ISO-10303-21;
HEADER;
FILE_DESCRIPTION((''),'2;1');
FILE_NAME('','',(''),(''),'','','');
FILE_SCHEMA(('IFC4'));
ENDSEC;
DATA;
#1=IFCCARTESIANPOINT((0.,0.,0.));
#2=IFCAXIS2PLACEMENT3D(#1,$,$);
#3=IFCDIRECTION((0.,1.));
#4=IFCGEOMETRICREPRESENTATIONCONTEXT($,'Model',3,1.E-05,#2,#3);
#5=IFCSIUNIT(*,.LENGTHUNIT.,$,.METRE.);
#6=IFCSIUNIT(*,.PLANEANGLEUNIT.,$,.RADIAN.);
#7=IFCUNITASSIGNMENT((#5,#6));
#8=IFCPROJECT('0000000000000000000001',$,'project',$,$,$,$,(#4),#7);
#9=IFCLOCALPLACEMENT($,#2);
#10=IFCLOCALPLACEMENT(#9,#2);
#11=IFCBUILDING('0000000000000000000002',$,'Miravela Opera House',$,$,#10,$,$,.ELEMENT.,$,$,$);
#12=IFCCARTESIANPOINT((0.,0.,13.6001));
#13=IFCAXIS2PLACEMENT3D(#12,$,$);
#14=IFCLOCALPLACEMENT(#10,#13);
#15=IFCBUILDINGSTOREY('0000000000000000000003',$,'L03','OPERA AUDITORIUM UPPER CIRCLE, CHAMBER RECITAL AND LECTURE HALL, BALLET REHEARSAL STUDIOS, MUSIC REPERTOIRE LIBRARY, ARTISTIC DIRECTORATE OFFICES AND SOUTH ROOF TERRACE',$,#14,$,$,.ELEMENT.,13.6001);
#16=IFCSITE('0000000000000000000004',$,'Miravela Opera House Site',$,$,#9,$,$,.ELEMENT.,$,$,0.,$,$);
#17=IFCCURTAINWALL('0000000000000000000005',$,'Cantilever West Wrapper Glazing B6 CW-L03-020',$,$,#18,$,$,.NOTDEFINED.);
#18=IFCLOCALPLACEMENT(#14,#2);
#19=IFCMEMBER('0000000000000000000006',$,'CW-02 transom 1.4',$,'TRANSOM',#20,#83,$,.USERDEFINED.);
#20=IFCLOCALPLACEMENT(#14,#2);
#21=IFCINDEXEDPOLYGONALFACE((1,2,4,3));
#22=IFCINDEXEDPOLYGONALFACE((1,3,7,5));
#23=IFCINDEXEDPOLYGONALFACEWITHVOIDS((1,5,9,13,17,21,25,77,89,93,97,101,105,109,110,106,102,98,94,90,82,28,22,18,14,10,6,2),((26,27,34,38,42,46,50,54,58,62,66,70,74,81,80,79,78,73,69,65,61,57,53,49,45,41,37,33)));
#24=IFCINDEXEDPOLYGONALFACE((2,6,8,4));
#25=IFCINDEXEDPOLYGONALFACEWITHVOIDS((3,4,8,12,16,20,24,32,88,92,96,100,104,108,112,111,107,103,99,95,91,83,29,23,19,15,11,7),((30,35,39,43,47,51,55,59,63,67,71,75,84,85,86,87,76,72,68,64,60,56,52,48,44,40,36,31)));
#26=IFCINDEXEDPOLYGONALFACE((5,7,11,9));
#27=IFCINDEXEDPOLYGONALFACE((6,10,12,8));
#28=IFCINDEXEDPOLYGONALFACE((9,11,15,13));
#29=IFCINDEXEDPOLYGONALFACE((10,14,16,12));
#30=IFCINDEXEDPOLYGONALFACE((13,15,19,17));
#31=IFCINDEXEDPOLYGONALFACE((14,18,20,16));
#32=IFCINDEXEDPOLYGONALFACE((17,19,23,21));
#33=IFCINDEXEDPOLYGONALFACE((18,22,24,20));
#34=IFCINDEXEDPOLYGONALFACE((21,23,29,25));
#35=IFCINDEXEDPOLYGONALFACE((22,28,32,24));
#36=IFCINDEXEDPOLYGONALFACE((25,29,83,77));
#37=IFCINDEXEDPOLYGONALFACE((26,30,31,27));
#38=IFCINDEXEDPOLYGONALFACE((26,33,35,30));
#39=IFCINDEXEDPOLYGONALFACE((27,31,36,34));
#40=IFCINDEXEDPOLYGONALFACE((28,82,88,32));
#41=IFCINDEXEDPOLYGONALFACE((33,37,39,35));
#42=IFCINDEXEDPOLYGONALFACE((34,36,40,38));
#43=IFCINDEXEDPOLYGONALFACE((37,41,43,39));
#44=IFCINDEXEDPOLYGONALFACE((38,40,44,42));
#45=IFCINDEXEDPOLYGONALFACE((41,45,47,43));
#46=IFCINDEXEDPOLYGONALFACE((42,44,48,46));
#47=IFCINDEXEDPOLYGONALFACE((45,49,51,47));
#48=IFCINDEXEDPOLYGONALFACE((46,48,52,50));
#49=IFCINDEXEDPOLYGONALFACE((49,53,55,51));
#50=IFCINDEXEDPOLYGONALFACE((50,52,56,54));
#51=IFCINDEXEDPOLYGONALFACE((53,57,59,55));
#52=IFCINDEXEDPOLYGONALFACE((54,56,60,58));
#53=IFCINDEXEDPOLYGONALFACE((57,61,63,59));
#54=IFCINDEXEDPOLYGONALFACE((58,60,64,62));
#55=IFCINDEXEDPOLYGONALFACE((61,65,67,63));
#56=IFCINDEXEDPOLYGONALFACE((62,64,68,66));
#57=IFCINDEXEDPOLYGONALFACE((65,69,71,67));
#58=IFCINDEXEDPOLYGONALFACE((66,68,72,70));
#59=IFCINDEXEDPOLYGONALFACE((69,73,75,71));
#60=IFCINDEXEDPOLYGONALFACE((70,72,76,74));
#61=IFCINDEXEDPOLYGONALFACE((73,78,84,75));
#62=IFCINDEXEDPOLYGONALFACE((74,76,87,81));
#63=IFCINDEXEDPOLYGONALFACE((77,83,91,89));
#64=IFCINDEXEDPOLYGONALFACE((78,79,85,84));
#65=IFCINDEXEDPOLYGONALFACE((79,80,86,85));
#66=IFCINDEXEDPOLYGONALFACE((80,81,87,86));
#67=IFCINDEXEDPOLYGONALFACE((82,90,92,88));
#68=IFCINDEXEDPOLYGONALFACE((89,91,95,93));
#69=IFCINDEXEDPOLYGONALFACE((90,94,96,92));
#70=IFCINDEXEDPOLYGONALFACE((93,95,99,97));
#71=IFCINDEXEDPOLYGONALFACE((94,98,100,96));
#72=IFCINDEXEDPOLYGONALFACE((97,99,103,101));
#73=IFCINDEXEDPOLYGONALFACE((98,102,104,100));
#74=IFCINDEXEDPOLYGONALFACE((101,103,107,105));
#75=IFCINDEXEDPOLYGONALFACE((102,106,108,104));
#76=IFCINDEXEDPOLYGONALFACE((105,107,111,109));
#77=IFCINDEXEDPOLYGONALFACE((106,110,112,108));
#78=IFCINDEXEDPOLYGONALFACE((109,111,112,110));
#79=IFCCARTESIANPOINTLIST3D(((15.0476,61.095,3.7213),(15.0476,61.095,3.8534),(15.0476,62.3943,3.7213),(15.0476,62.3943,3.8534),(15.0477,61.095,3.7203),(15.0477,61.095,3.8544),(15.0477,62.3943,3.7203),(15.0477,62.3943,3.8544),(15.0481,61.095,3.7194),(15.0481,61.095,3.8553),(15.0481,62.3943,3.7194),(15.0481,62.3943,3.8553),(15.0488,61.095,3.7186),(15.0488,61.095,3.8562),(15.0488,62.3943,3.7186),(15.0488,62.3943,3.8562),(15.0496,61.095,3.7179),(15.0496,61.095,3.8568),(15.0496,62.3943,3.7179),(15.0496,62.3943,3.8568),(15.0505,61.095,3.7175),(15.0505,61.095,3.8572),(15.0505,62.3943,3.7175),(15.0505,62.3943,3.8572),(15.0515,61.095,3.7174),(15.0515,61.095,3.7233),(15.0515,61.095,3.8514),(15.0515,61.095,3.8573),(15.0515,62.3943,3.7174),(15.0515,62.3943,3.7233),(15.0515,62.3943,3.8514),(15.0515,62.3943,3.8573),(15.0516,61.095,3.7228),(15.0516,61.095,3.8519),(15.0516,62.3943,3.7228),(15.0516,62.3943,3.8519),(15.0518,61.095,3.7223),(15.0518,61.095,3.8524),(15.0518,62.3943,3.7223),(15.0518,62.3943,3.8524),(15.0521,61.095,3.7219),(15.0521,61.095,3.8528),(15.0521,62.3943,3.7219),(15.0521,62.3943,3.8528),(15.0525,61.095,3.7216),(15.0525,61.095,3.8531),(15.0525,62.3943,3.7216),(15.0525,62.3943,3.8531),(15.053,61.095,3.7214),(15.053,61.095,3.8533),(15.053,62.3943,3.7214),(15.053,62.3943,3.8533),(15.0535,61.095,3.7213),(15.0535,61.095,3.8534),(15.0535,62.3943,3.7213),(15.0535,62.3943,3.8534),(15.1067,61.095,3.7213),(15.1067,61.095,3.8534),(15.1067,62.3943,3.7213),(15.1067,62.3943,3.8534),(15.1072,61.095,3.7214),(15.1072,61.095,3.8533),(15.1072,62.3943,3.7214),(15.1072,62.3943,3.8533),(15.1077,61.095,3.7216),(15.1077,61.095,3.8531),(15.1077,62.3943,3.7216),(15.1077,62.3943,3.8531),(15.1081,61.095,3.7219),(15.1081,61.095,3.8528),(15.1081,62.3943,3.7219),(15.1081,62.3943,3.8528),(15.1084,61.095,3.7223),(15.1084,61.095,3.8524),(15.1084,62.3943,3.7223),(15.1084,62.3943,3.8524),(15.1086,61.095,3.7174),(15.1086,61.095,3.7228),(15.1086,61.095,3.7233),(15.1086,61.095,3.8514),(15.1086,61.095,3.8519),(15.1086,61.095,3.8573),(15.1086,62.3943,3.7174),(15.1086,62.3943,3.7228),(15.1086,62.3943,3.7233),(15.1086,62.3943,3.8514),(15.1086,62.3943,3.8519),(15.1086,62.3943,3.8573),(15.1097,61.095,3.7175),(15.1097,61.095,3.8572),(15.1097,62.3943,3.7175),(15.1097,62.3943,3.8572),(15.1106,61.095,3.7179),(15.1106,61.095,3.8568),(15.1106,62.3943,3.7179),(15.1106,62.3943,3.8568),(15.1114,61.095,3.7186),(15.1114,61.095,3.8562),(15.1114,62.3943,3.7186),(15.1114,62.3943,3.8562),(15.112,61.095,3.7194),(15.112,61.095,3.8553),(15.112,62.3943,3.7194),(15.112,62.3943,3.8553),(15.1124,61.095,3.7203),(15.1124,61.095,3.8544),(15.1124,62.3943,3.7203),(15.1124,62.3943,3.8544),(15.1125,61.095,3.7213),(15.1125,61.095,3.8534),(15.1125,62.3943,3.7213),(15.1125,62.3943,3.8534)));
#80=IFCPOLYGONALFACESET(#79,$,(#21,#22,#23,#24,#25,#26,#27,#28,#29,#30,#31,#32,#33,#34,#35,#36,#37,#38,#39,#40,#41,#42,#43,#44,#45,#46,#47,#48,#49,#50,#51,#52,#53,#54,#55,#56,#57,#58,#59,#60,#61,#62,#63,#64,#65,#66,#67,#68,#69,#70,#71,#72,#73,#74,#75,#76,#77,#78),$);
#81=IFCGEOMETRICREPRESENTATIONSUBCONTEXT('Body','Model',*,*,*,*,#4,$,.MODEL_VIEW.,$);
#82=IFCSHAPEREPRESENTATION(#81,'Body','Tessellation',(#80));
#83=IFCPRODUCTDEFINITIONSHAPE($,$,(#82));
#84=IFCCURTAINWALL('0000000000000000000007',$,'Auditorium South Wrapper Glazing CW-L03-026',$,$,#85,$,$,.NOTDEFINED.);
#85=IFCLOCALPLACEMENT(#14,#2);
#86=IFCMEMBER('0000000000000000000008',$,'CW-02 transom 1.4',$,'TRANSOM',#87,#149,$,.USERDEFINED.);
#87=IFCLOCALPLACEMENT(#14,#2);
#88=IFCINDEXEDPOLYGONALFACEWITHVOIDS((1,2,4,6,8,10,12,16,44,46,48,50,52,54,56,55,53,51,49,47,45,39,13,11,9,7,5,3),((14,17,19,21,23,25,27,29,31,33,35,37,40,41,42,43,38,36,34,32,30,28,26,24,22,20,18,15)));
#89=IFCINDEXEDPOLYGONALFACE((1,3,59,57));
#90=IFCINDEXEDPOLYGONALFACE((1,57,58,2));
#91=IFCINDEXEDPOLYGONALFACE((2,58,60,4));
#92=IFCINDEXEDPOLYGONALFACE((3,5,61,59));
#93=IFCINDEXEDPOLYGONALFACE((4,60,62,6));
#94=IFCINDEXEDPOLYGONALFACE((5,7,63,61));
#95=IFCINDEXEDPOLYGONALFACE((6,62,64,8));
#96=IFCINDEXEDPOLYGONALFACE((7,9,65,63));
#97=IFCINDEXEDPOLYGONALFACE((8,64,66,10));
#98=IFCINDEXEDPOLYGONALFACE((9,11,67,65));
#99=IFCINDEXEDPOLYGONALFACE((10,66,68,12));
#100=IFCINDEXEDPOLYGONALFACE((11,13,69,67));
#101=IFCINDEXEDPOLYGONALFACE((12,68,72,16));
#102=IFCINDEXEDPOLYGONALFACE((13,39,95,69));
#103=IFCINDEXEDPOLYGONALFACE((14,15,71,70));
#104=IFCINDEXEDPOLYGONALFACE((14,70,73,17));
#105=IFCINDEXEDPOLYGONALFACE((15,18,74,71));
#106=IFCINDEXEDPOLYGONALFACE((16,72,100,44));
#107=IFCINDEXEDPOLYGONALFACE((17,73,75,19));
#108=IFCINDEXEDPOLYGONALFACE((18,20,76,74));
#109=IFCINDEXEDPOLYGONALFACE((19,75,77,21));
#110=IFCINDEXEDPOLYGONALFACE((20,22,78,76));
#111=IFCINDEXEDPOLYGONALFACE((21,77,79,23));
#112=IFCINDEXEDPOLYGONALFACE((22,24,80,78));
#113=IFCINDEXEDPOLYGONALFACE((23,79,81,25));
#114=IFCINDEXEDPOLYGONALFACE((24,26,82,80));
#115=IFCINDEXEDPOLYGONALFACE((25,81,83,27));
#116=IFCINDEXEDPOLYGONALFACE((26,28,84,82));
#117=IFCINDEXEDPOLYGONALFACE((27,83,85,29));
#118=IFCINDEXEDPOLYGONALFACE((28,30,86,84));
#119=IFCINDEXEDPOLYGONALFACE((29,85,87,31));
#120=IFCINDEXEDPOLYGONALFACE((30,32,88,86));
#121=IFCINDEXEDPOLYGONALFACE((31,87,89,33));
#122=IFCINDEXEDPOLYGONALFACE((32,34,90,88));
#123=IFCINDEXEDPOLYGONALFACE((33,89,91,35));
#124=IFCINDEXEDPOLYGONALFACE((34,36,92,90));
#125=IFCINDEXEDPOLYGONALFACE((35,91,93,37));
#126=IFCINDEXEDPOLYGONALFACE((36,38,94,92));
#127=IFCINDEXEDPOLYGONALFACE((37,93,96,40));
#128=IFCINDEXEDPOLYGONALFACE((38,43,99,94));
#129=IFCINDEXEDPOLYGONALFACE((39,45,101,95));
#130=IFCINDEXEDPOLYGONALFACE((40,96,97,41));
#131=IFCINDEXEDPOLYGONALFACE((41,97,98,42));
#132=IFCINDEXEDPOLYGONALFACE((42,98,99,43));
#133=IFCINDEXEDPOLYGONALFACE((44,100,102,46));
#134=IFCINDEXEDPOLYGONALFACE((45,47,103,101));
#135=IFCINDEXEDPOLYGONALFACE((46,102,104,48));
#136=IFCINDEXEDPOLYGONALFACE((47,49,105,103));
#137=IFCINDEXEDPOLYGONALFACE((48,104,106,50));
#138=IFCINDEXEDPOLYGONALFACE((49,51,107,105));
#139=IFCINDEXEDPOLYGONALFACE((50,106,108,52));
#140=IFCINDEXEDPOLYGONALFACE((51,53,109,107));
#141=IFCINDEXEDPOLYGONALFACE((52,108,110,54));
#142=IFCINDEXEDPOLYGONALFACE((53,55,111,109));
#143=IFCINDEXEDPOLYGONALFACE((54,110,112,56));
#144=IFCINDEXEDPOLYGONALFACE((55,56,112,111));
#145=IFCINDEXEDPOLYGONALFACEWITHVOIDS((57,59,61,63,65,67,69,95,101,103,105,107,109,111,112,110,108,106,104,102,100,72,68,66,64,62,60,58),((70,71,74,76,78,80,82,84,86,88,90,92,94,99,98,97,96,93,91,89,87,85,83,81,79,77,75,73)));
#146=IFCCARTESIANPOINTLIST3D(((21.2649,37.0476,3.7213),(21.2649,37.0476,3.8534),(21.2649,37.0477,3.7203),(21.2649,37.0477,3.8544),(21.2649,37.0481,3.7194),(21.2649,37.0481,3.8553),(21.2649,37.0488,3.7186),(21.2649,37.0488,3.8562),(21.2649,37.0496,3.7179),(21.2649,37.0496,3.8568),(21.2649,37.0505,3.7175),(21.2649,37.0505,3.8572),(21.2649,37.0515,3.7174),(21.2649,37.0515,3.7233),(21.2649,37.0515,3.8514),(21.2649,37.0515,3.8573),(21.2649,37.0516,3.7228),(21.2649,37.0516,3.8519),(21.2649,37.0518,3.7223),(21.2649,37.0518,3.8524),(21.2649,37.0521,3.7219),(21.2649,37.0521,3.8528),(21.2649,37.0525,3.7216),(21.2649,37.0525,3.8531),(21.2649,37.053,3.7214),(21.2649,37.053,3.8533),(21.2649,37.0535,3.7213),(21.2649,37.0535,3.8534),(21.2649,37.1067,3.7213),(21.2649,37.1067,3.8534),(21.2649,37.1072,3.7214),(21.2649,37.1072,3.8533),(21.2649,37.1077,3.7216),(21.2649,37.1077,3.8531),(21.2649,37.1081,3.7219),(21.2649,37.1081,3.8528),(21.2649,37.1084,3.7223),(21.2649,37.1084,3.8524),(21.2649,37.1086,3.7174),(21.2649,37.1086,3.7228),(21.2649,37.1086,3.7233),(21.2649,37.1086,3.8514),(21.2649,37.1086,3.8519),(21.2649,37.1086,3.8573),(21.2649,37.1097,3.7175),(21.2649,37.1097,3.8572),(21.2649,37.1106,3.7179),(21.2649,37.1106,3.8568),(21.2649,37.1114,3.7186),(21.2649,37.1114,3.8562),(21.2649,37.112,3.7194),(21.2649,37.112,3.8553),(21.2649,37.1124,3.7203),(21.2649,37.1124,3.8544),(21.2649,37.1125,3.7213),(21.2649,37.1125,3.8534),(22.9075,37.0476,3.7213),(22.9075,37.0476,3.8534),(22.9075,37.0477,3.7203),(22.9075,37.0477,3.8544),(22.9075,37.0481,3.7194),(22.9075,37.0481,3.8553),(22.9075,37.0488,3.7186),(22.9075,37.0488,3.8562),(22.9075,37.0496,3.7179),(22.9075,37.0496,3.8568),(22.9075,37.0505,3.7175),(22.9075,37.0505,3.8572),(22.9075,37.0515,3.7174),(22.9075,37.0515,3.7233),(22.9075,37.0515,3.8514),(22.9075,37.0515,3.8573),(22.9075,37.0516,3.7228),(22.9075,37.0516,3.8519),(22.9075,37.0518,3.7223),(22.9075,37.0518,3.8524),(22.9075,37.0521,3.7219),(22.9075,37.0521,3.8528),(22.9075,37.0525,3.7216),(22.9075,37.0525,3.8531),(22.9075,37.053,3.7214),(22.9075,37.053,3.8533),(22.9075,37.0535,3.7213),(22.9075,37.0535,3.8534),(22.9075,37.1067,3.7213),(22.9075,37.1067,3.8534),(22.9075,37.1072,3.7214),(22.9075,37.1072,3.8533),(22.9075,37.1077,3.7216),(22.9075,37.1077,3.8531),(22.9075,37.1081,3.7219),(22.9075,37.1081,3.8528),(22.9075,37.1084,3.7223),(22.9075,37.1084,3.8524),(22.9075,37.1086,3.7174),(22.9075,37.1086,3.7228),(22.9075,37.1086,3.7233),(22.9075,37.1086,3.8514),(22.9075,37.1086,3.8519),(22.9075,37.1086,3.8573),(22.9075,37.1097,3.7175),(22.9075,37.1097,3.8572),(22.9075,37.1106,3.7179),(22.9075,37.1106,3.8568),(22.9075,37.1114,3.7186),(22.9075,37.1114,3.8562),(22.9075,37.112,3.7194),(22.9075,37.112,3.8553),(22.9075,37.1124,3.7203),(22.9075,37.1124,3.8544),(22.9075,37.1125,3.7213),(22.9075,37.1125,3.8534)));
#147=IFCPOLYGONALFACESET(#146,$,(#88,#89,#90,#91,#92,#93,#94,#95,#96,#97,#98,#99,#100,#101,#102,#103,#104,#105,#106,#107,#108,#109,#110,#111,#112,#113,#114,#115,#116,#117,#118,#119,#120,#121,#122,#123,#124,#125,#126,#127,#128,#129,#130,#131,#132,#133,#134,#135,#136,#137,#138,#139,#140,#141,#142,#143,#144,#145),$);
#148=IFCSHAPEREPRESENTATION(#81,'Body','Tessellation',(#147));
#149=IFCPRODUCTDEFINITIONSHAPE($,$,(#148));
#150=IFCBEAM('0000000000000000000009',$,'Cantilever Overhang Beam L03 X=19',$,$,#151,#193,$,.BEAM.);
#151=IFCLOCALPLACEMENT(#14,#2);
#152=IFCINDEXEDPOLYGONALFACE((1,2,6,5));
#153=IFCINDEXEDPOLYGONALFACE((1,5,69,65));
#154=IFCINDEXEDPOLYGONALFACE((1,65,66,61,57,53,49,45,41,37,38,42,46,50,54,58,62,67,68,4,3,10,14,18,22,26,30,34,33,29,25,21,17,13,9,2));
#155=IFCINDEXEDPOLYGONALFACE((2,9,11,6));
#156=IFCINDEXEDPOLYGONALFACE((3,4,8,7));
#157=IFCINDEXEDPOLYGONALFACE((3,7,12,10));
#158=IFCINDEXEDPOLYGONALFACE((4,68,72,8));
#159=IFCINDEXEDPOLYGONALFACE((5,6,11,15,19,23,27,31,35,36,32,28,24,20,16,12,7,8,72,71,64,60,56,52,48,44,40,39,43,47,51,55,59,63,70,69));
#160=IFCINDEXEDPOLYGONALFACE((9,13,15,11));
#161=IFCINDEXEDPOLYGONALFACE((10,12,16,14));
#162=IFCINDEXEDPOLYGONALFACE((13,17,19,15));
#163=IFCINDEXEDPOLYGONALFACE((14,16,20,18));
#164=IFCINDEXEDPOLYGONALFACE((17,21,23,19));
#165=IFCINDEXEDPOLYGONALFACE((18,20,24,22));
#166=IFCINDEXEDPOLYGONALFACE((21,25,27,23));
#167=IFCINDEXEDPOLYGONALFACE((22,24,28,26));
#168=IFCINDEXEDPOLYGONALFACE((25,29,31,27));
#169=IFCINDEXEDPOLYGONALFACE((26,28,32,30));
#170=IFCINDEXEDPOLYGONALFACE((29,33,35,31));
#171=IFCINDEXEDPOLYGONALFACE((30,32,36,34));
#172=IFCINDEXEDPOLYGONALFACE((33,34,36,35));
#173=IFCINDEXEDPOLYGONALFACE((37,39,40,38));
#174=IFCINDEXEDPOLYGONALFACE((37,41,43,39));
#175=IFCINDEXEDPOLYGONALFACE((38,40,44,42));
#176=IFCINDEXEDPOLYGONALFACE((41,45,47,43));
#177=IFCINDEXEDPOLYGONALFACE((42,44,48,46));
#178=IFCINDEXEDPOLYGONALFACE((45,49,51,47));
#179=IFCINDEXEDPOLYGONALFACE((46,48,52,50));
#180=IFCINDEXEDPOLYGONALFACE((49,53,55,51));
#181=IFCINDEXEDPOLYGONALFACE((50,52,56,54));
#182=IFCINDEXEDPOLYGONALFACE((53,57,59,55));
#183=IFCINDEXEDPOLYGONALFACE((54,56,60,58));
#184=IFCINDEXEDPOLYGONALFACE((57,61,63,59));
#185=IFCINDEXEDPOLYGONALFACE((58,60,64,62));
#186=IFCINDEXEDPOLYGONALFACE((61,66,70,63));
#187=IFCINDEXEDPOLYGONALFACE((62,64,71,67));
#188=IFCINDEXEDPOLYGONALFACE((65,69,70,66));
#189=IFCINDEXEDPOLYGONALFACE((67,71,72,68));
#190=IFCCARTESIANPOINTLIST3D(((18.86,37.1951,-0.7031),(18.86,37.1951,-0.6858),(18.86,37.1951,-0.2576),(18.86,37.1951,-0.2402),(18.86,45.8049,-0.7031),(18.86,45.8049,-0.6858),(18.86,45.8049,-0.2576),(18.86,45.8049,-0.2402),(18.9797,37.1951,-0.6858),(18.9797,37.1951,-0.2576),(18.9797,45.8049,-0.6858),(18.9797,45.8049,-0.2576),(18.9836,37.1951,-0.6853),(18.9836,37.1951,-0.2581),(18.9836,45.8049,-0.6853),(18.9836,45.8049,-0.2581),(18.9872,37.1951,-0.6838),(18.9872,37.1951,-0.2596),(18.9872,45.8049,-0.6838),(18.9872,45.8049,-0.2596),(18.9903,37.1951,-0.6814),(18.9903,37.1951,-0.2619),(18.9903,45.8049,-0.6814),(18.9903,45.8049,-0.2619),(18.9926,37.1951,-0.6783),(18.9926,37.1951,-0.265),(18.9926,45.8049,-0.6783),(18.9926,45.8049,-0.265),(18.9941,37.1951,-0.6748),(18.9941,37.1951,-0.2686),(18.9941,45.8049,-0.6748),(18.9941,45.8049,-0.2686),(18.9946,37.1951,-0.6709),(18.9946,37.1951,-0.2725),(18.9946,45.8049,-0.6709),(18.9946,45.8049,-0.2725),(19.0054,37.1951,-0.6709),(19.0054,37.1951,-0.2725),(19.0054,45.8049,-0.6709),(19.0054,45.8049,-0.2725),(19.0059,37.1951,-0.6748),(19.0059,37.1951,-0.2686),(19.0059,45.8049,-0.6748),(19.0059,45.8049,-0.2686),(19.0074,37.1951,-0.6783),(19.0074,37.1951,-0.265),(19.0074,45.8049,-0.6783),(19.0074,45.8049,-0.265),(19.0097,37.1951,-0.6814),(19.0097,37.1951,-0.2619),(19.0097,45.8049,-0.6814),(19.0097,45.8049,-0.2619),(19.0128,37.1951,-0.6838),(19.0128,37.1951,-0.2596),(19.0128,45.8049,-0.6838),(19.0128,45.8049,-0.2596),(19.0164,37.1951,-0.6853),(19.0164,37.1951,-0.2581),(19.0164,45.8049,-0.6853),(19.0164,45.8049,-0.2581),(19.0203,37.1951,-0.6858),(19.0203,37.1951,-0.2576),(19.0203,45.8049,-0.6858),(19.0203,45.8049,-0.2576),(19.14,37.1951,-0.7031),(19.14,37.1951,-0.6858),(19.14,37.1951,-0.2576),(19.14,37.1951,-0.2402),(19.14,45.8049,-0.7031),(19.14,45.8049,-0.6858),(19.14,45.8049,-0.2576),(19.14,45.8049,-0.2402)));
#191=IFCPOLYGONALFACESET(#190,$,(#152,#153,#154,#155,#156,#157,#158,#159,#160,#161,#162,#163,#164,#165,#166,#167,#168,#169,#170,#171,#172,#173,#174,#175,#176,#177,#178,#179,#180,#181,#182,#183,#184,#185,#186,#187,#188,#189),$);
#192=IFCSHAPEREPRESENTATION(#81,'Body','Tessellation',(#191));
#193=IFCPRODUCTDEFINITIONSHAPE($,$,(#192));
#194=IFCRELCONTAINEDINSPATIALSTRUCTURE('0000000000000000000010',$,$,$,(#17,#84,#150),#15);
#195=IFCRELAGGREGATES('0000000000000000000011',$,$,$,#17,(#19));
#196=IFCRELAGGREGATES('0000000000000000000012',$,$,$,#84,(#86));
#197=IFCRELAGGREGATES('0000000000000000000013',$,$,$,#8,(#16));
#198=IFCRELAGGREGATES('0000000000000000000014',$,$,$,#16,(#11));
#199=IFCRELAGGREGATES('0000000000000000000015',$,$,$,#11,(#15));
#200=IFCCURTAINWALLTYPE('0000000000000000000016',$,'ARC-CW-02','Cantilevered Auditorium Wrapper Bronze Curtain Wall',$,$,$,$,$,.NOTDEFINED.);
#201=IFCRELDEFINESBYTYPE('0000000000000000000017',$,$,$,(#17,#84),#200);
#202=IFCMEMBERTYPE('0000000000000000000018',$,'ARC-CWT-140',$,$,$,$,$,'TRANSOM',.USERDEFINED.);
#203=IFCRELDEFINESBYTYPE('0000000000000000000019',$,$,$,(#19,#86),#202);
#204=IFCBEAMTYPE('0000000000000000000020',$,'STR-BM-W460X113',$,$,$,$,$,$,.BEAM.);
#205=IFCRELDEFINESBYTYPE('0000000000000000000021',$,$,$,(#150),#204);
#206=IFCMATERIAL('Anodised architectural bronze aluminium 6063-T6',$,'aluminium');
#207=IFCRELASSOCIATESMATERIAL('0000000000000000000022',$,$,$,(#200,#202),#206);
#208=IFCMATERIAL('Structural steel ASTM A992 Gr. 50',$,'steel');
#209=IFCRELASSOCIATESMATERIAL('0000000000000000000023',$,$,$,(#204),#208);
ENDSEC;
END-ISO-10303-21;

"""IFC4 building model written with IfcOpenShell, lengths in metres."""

from ifc_helpers import new_model, si_unit, direction, frame, origin, origin_2d, place, context, subcontext, project, spatial, hollow_rectangle, i_section, extrude, material, material_profile, profile_set, type_object, element, aggregate, save


model = new_model("IFC4")

# Units and contexts
model_context = context("Model", 3, precision=1e-05, world=origin(), true_north=direction((0.0, 1.0)))
body_context = subcontext(model_context, "Body", "Model", "MODEL_VIEW")
ifc_project = project(units=[si_unit("LENGTHUNIT", "METRE"), si_unit("PLANEANGLEUNIT", "RADIAN")], contexts=[model_context])

# Site, building, storey
site_placement = place(None, origin())
site = spatial("IfcSite", under=ifc_project, at=site_placement, Name="Miravela Opera House Site", CompositionType="ELEMENT", RefElevation=0.0)
building_placement = place(site_placement, origin())
building = spatial("IfcBuilding", under=site, at=building_placement, Name="Miravela Opera House", CompositionType="ELEMENT")
storey_placement = place(building_placement, frame((0.0, 0.0, 13.6001)))
storey = spatial("IfcBuildingStorey", under=building, at=storey_placement, Name="L03", Description="OPERA AUDITORIUM UPPER CIRCLE, CHAMBER RECITAL AND LECTURE HALL, BALLET REHEARSAL STUDIOS, MUSIC REPERTOIRE LIBRARY, ARTISTIC DIRECTORATE OFFICES AND SOUTH ROOF TERRACE", CompositionType="ELEMENT", Elevation=13.6001)

# Shared definitions
ifc_material_1 = material(Name="Anodised architectural bronze aluminium 6063-T6", Category="aluminium")
curtain_wall_type = type_object("IfcCurtainWallType", Name="ARC-CW-02", Description="Cantilevered Auditorium Wrapper Bronze Curtain Wall", PredefinedType="NOTDEFINED", material=ifc_material_1)

# Curtain wall
curtain_wall_1_placement = place(storey_placement, origin())
curtain_wall_1 = element("IfcCurtainWall", 1, at=curtain_wall_1_placement, inside=storey, type_object=curtain_wall_type, Name="Cantilever West Wrapper Glazing B6 CW-L03-020", PredefinedType="NOTDEFINED")

# Member
ifc_material_profile_1 = material_profile(ifc_material_1, hollow_rectangle(XDim=0.0649, YDim=0.1399, WallThickness=0.0039, InnerFilletRadius=0.002, OuterFilletRadius=0.0039, at=origin_2d()), Name="CWT-65X140")
ifc_profile_set_1 = profile_set([ifc_material_profile_1])
member_type_1 = type_object("IfcMemberType", Name="ARC-CWT-140", ElementType="TRANSOM", PredefinedType="USERDEFINED", material=ifc_profile_set_1)
member_1_placement = place(storey_placement, frame((15.0801, 61.095, 3.7874), z_axis=(0.0, 1.0, 0.0), x_axis=(-1.0, 0.0, 0.0)))
member_1 = element("IfcMember", 2, at=member_1_placement, type_object=member_type_1, Name="CW-02 transom 1.4", ObjectType="TRANSOM", PredefinedType="USERDEFINED", context=body_context, shape_type="SweptSolid", body=[
    extrude(hollow_rectangle(XDim=0.0649, YDim=0.1399, WallThickness=0.0039, InnerFilletRadius=0.002, OuterFilletRadius=0.0039, at=origin_2d()), origin(), (0.0, 0.0, 1.0), 1.2993),
])
aggregate(curtain_wall_1, [member_1])

# Curtain wall, member
curtain_wall_2_placement = place(storey_placement, origin())
curtain_wall_2 = element("IfcCurtainWall", 3, at=curtain_wall_2_placement, inside=storey, type_object=curtain_wall_type, Name="Auditorium South Wrapper Glazing CW-L03-026", PredefinedType="NOTDEFINED")
member_2_placement = place(storey_placement, frame((21.2649, 37.0801, 3.7874), z_axis=(1.0, 0.0, 0.0), x_axis=(0.0, 1.0, 0.0)))
member_2 = element("IfcMember", 4, at=member_2_placement, type_object=member_type_1, Name="CW-02 transom 1.4", ObjectType="TRANSOM", PredefinedType="USERDEFINED", context=body_context, shape_type="SweptSolid", body=[
    extrude(hollow_rectangle(XDim=0.0649, YDim=0.1399, WallThickness=0.0039, InnerFilletRadius=0.002, OuterFilletRadius=0.0039, at=origin_2d()), origin(), (0.0, 0.0, 1.0), 1.6426),
])

# Beam
ifc_material_2 = material(Name="Structural steel ASTM A992 Gr. 50", Category="steel")
ifc_material_profile_2 = material_profile(ifc_material_2, i_section(OverallWidth=0.28, OverallDepth=0.4629, WebThickness=0.0107, FlangeThickness=0.0173, FilletRadius=0.0149, at=origin_2d()), Name="W460X113")
ifc_profile_set_2 = profile_set([ifc_material_profile_2])
beam_type = type_object("IfcBeamType", Name="STR-BM-W460X113", PredefinedType="BEAM", material=ifc_profile_set_2)
beam_placement = place(storey_placement, frame((19.0, 37.1951, -0.4717), z_axis=(0.0, 1.0, 0.0), x_axis=(-1.0, 0.0, 0.0)))
element("IfcBeam", 5, at=beam_placement, inside=storey, type_object=beam_type, Name="Cantilever Overhang Beam L03 X=19", PredefinedType="BEAM", context=body_context, shape_type="SweptSolid", body=[
    extrude(i_section(OverallWidth=0.28, OverallDepth=0.4629, WebThickness=0.0107, FlangeThickness=0.0173, FilletRadius=0.0149, at=origin_2d()), origin(), (0.0, 0.0, 1.0), 8.6099),
])

aggregate(curtain_wall_2, [member_2])

save(model, "model.ifc")
